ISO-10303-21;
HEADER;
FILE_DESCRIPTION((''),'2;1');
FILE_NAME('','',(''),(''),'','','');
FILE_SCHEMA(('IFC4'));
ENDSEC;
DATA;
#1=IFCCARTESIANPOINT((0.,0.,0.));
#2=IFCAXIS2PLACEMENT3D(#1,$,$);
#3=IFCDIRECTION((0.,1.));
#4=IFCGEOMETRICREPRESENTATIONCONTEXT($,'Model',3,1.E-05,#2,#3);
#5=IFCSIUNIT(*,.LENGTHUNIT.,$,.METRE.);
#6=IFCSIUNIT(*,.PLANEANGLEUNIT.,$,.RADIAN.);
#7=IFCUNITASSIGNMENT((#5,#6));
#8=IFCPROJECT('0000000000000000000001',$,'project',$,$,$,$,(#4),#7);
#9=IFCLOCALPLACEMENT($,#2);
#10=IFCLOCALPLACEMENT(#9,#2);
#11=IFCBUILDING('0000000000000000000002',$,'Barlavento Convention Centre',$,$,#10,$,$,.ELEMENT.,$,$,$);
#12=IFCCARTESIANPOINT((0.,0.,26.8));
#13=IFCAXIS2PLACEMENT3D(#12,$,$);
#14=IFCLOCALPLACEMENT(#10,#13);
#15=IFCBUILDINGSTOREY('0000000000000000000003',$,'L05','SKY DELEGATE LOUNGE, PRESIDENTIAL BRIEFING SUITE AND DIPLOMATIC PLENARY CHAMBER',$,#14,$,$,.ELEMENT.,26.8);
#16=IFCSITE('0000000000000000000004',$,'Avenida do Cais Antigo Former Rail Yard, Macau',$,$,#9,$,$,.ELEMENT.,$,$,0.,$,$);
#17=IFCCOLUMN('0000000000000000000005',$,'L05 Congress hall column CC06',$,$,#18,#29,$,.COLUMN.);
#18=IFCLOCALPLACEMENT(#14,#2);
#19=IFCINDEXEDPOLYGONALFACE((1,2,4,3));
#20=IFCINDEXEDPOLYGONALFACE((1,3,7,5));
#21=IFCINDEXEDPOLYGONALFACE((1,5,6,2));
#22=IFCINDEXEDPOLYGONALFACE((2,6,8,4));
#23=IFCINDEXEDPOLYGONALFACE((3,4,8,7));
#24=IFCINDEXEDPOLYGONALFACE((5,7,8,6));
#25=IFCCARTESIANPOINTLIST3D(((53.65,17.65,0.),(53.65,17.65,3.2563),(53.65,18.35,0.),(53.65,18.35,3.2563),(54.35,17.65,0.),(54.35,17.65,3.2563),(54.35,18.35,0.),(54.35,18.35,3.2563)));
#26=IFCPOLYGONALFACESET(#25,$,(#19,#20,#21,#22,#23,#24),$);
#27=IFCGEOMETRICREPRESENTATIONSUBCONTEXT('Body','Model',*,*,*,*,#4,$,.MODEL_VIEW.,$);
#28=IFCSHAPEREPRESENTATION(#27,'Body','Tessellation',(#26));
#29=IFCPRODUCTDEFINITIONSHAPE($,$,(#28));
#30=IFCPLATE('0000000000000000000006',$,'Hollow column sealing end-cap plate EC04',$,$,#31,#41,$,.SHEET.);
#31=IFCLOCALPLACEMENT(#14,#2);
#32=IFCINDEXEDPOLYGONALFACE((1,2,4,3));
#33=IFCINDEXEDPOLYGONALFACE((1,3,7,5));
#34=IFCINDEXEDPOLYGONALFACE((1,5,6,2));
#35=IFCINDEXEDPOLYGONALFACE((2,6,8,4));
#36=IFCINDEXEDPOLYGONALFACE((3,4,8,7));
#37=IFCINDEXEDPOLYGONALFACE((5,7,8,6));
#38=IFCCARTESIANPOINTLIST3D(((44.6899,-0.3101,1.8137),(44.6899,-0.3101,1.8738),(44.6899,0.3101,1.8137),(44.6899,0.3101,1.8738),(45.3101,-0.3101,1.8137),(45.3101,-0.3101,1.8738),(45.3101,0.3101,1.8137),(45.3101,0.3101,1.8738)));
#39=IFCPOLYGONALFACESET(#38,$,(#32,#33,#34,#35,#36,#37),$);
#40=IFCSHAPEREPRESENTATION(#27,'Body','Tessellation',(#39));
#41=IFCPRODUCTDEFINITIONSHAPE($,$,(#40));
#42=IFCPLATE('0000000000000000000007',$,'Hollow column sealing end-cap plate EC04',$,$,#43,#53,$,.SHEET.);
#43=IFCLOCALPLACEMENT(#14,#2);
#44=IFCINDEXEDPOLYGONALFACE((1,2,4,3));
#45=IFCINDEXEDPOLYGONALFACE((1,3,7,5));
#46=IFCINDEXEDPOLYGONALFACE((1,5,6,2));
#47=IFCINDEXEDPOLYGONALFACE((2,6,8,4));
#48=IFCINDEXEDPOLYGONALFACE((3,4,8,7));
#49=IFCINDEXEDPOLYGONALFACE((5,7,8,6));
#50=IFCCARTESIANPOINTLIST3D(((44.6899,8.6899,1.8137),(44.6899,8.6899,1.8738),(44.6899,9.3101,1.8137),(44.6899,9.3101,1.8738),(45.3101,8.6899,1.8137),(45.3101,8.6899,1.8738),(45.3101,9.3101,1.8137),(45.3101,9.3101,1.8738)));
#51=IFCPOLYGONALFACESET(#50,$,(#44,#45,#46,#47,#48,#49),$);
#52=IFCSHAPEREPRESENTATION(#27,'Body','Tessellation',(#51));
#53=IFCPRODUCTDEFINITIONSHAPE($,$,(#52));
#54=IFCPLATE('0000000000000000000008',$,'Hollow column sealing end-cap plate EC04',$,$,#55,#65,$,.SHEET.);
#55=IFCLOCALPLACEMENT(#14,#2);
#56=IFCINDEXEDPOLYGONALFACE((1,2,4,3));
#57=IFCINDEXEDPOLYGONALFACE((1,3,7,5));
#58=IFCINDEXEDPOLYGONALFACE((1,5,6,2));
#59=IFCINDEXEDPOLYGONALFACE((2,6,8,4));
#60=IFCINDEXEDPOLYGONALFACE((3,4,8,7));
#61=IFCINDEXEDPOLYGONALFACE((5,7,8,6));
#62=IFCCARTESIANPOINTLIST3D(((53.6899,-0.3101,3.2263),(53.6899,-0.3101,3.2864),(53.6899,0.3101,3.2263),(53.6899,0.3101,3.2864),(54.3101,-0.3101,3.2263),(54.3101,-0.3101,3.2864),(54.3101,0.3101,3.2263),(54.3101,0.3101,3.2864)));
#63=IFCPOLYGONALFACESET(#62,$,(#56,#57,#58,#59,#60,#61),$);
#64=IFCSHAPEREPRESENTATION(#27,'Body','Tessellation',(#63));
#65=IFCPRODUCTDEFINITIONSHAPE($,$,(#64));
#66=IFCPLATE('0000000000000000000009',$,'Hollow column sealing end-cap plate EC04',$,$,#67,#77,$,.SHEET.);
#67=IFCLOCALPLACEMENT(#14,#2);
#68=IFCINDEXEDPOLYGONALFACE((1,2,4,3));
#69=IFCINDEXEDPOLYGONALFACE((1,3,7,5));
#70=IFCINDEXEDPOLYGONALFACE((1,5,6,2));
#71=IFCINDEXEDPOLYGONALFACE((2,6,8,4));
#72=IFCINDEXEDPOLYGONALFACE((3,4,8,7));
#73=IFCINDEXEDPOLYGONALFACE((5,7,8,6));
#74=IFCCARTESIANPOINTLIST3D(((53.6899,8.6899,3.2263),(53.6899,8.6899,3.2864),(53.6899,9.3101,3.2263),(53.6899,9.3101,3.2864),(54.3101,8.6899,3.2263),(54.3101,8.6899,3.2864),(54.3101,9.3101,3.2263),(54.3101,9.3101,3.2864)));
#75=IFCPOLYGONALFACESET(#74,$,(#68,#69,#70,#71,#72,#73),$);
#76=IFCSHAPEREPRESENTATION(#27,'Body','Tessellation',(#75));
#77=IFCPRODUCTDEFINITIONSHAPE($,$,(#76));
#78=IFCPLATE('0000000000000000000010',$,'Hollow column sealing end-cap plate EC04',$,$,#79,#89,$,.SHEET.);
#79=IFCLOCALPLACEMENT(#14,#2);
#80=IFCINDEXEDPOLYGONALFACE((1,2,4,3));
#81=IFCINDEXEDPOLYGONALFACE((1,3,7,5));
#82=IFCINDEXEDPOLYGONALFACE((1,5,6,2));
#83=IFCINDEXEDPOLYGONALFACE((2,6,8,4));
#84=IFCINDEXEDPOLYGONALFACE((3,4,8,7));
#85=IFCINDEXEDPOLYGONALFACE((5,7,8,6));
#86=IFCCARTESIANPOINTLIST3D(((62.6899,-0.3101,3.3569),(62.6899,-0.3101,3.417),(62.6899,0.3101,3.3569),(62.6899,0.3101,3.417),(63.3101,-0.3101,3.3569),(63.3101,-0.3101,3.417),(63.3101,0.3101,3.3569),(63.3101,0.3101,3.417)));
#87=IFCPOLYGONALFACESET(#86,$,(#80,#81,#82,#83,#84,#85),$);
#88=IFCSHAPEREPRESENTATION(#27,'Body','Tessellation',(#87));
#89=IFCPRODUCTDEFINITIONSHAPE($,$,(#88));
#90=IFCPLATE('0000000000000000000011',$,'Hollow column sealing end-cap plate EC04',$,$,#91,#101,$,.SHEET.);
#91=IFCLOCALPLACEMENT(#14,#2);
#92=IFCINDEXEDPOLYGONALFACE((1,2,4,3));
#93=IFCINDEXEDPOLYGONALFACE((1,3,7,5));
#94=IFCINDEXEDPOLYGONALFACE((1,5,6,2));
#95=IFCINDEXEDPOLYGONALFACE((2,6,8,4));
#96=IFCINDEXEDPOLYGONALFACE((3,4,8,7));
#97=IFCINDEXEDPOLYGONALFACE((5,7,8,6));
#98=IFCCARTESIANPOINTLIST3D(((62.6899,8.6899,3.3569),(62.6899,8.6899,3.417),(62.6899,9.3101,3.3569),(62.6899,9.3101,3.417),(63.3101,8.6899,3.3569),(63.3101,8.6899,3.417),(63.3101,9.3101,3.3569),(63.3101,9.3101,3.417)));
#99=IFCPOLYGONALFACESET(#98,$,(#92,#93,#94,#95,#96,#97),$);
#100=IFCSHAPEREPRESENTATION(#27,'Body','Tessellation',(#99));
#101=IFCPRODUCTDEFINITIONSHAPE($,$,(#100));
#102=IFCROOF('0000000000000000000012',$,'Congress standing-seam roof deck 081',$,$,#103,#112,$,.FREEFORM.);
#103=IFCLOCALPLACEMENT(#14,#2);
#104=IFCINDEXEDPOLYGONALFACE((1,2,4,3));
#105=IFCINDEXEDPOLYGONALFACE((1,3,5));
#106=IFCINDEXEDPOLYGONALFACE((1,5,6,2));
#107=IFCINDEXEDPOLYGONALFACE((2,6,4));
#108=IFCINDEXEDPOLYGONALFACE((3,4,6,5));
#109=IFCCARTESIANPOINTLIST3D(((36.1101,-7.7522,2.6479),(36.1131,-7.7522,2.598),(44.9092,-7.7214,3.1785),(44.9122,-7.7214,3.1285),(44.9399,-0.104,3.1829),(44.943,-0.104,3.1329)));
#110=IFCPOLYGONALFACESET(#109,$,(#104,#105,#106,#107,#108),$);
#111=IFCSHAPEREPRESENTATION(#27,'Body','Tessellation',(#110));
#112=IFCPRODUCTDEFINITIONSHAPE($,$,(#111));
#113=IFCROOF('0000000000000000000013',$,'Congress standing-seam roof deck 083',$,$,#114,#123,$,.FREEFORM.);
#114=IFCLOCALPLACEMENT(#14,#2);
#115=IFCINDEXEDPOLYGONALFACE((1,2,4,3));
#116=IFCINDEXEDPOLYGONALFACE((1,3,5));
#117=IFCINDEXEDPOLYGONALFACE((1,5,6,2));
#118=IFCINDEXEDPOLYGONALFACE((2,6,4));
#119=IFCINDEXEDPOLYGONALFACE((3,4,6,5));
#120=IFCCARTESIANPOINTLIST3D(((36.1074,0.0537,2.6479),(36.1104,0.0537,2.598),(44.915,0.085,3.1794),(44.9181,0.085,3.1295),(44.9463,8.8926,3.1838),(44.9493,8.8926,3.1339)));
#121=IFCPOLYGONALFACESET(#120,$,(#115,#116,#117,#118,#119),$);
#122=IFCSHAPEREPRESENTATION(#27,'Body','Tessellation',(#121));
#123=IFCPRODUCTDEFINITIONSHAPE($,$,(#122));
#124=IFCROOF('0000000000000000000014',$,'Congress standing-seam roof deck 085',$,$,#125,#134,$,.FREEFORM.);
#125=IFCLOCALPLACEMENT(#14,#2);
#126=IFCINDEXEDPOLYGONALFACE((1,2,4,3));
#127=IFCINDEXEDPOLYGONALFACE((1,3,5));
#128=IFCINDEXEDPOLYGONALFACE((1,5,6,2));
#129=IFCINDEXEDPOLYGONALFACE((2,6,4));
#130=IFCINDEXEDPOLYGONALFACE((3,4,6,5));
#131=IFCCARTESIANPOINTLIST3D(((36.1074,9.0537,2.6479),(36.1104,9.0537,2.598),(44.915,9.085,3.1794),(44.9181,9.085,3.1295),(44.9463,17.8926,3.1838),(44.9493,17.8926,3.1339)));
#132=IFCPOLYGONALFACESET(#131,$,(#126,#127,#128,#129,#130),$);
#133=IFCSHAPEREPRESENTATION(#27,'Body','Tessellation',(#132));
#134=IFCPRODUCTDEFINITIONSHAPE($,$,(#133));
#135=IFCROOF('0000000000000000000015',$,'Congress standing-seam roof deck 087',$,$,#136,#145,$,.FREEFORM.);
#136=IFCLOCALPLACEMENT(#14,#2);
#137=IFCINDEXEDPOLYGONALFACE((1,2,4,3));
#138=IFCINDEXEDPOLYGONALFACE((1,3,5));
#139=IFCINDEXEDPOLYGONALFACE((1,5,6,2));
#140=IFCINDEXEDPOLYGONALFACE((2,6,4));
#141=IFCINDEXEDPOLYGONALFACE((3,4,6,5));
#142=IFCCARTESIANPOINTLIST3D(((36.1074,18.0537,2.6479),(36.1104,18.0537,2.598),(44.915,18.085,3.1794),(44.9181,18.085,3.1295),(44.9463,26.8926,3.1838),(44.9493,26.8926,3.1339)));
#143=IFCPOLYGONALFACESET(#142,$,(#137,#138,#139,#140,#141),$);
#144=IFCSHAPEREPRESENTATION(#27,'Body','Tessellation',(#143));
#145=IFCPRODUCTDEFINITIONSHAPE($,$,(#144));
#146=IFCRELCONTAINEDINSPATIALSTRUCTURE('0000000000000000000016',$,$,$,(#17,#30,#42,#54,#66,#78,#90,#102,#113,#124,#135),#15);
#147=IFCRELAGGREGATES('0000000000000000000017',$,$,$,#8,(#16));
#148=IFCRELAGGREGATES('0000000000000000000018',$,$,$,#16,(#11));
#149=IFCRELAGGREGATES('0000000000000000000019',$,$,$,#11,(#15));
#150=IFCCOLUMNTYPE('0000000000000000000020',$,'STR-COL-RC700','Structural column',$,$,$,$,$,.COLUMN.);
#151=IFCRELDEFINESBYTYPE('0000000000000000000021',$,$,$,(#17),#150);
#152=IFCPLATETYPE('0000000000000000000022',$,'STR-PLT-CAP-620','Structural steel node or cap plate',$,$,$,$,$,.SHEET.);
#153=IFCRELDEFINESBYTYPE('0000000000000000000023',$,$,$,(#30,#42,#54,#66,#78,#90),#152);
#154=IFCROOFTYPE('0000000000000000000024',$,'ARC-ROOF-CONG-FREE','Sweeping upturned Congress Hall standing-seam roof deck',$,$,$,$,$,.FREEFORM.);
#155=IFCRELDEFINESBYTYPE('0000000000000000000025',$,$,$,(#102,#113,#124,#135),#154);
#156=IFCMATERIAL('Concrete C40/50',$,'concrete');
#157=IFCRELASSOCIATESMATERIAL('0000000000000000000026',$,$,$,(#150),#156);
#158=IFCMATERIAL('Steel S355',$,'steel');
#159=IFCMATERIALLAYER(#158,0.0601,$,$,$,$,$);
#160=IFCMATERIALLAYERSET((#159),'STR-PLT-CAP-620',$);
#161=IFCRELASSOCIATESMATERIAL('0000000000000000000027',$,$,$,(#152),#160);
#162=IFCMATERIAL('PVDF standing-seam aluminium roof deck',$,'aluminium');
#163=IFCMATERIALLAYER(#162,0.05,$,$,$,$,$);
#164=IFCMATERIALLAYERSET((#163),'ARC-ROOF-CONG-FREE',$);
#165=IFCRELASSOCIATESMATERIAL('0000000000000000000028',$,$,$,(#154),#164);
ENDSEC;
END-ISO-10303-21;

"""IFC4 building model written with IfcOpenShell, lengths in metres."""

from ifc_helpers import new_model, si_unit, direction, frame, origin, origin_2d, place, context, subcontext, project, spatial, polyline, rectangle, outline, extrude, material, layer, layer_set, material_profile, profile_set, type_object, element, save


model = new_model("IFC4")

# Units and contexts
model_context = context("Model", 3, precision=1e-05, world=origin(), true_north=direction((0.0, 1.0)))
body_context = subcontext(model_context, "Body", "Model", "MODEL_VIEW")
ifc_project = project(units=[si_unit("LENGTHUNIT", "METRE"), si_unit("PLANEANGLEUNIT", "RADIAN")], contexts=[model_context])

# Site, building, storey
site_placement = place(None, origin())
site = spatial("IfcSite", under=ifc_project, at=site_placement, Name="Avenida do Cais Antigo Former Rail Yard, Macau", CompositionType="ELEMENT", RefElevation=0.0)
building_placement = place(site_placement, origin())
building = spatial("IfcBuilding", under=site, at=building_placement, Name="Barlavento Convention Centre", CompositionType="ELEMENT")
storey_placement = place(building_placement, frame((0.0, 0.0, 26.8)))
storey = spatial("IfcBuildingStorey", under=building, at=storey_placement, Name="L05", Description="SKY DELEGATE LOUNGE, PRESIDENTIAL BRIEFING SUITE AND DIPLOMATIC PLENARY CHAMBER", CompositionType="ELEMENT", Elevation=26.8)

# Column
ifc_material_1 = material(Name="Steel S355", Category="steel")
ifc_material_2 = material(Name="Concrete C40/50", Category="concrete")
ifc_material_profile_1 = material_profile(ifc_material_2, rectangle(XDim=0.7, YDim=0.7, at=origin_2d()), Name="RC 700x700")
ifc_profile_set_1 = profile_set([ifc_material_profile_1], Name="Concrete C40/50")
column_type_1 = type_object("IfcColumnType", Name="STR-COL-RC700", Description="Structural column", PredefinedType="COLUMN", material=ifc_profile_set_1)
column_1_placement = place(storey_placement, frame((54.0, 18.0, 0.0), z_axis=(0.0, 0.0, 1.0), x_axis=(1.0, 0.0, 0.0)))
element("IfcColumn", 1, at=column_1_placement, inside=storey, type_object=column_type_1, Name="L05 Congress hall column CC06", PredefinedType="COLUMN", context=body_context, shape_type="SweptSolid", body=[
    extrude(rectangle(XDim=0.7, YDim=0.7, at=origin_2d()), origin(), (0.0, 0.0, 1.0), 3.2563),
])

# Plates
ifc_layer_1 = layer(ifc_material_1, 0.0601)
ifc_layer_set_1 = layer_set([ifc_layer_1], Name="STR-PLT-CAP-620")
plate_type = type_object("IfcPlateType", Name="STR-PLT-CAP-620", Description="Structural steel node or cap plate", PredefinedType="SHEET", material=ifc_layer_set_1)
for number, where, z_axis, x_axis, name in (
    (2, (45.0, 0.0, 1.8137), (0.0, 0.0, 1.0), (1.0, 0.0, 0.0), "Hollow column sealing end-cap plate EC04"),
    (3, (45.0, 9.0, 1.8137), (0.0, 0.0, 1.0), (1.0, 0.0, 0.0), "Hollow column sealing end-cap plate EC04"),
    (4, (54.0, 0.0, 3.2263), (0.0, 0.0, 1.0), (1.0, 0.0, 0.0), "Hollow column sealing end-cap plate EC04"),
    (5, (54.0, 9.0, 3.2263), (0.0, 0.0, 1.0), (1.0, 0.0, 0.0), "Hollow column sealing end-cap plate EC04"),
    (6, (63.0, 0.0, 3.3569), (0.0, 0.0, 1.0), (1.0, 0.0, 0.0), "Hollow column sealing end-cap plate EC04"),
    (7, (63.0, 9.0, 3.3569), (0.0, 0.0, 1.0), (1.0, 0.0, 0.0), "Hollow column sealing end-cap plate EC04"),
):
    element("IfcPlate", number, at=place(storey_placement, frame(where, z_axis=z_axis, x_axis=x_axis)), inside=storey, type_object=plate_type, Name=name, PredefinedType="SHEET", context=body_context, shape_type="SweptSolid", body=[
        extrude(rectangle(XDim=0.6201, YDim=0.6201, at=origin_2d()), origin(), (0.0, 0.0, 1.0), 0.0601),
    ])

# Roofs
ifc_material_3 = material(Name="PVDF standing-seam aluminium roof deck", Category="aluminium")
ifc_layer_2 = layer(ifc_material_3, 0.05)
ifc_layer_set_2 = layer_set([ifc_layer_2], Name="ARC-ROOF-CONG-FREE")
roof_type = type_object("IfcRoofType", Name="ARC-ROOF-CONG-FREE", Description="Sweeping upturned Congress Hall standing-seam roof deck", PredefinedType="FREEFORM", material=ifc_layer_set_2)
roof_placement = place(storey_placement, frame((36.1101, -7.7522, 2.6479), z_axis=(-0.060182, -0.000333, 0.998187), x_axis=(0.998181, 0.00349, 0.060183)))
element("IfcRoof", 8, at=roof_placement, inside=storey, type_object=roof_type, Name="Congress standing-seam roof deck 081", PredefinedType="FREEFORM", context=body_context, shape_type="SweptSolid", body=[
    extrude(outline(polyline([(0.0, 0.0), (8.8151, 0.0), (8.8727, 7.6173), (0.0, 0.0)])), origin(), (0.0, 0.0, -1.0), 0.05),
])
for number, where, z_axis, x_axis, name in (
    (9, (36.1074, 0.0537, 2.6479), (-0.060234, -0.000284, 0.998184), (0.998178, 0.003542, 0.060235), "Congress standing-seam roof deck 083"),
    (10, (36.1074, 9.0537, 2.6479), (-0.060234, -0.000284, 0.998184), (0.998178, 0.003542, 0.060235), "Congress standing-seam roof deck 085"),
    (11, (36.1074, 18.0537, 2.6479), (-0.060234, -0.000284, 0.998184), (0.998178, 0.003542, 0.060235), "Congress standing-seam roof deck 087"),
):
    element("IfcRoof", number, at=place(storey_placement, frame(where, z_axis=z_axis, x_axis=x_axis)), inside=storey, type_object=roof_type, Name=name, PredefinedType="FREEFORM", context=body_context, shape_type="SweptSolid", body=[
        extrude(outline(polyline([(0.0, 0.0), (8.8237, 0.0), (8.8863, 8.8075), (0.0, 0.0)])), origin(), (0.0, 0.0, -1.0), 0.05),
    ])

save(model, "model.ifc")
